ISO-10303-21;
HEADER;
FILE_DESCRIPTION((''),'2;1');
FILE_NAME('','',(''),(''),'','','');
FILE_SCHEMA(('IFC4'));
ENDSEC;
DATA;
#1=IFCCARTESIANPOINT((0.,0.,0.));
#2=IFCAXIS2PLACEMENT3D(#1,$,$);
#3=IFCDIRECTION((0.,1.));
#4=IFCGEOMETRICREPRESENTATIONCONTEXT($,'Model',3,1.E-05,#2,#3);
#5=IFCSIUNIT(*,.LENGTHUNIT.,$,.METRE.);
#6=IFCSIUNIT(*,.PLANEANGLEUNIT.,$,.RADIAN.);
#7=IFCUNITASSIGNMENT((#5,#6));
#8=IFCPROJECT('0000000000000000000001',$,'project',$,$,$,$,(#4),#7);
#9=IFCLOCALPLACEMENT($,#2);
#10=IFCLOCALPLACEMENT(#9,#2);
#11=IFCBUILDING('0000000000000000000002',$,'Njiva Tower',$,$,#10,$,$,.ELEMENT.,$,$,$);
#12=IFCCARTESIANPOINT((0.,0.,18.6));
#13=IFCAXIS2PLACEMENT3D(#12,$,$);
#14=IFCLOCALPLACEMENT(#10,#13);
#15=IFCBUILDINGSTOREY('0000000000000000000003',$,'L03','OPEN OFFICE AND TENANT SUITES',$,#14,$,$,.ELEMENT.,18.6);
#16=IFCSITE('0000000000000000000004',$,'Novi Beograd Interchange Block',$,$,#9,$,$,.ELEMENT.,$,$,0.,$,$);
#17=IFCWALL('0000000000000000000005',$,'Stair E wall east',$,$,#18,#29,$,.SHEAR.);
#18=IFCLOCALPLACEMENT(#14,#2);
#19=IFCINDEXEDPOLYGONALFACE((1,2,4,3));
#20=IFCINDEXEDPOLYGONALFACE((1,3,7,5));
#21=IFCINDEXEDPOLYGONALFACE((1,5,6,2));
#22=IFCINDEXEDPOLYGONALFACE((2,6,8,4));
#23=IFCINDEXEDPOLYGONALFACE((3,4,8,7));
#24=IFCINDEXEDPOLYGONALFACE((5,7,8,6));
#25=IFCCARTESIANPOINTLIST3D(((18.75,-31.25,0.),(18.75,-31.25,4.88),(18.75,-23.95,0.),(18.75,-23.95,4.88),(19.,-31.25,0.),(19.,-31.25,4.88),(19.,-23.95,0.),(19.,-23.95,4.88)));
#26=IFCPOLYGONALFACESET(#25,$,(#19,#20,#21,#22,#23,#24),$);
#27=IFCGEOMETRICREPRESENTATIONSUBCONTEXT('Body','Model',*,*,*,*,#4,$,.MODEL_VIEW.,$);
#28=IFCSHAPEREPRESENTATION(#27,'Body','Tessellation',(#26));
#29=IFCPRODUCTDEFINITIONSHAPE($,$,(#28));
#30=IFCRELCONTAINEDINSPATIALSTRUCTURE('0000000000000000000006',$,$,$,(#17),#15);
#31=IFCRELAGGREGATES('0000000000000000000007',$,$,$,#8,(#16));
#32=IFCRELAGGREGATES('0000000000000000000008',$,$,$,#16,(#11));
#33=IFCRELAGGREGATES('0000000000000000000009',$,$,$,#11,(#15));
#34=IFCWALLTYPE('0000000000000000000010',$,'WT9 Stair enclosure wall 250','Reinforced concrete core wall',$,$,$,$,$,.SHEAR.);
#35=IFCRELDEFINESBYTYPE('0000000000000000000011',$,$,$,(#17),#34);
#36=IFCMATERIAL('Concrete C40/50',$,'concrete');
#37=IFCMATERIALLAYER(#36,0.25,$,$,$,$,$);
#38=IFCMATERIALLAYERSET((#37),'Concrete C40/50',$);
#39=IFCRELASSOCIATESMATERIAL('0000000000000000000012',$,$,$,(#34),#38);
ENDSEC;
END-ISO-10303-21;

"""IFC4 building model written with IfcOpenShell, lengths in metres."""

from ifc_helpers import new_model, si_unit, direction, frame, frame_2d, origin, place, context, subcontext, project, spatial, rectangle, extrude, material, layer, layer_set, type_object, element, save


model = new_model("IFC4")

# Units and contexts
model_context = context("Model", 3, precision=1e-05, world=origin(), true_north=direction((0.0, 1.0)))
body_context = subcontext(model_context, "Body", "Model", "MODEL_VIEW")
ifc_project = project(units=[si_unit("LENGTHUNIT", "METRE"), si_unit("PLANEANGLEUNIT", "RADIAN")], contexts=[model_context])

# Site, building, storey
site_placement = place(None, origin())
site = spatial("IfcSite", under=ifc_project, at=site_placement, Name="Novi Beograd Interchange Block", CompositionType="ELEMENT", RefElevation=0.0)
building_placement = place(site_placement, origin())
building = spatial("IfcBuilding", under=site, at=building_placement, Name="Njiva Tower", CompositionType="ELEMENT")
storey_placement = place(building_placement, frame((0.0, 0.0, 18.6)))
storey = spatial("IfcBuildingStorey", under=building, at=storey_placement, Name="L03", Description="OPEN OFFICE AND TENANT SUITES", CompositionType="ELEMENT", Elevation=18.6)

# Wall
ifc_material_1 = material(Name="Concrete C40/50", Category="concrete")
ifc_layer_1 = layer(ifc_material_1, 0.25)
ifc_layer_set_1 = layer_set([ifc_layer_1], Name="Concrete C40/50")
wall_type_1 = type_object("IfcWallType", Name="WT9 Stair enclosure wall 250", Description="Reinforced concrete core wall", PredefinedType="SHEAR", material=ifc_layer_set_1)
wall_1_placement = place(storey_placement, frame((18.875, -31.25, 0.0), z_axis=(0.0, 0.0, 1.0), x_axis=(0.0, 1.0, 0.0)))
element("IfcWall", 1, at=wall_1_placement, inside=storey, type_object=wall_type_1, Name="Stair E wall east", PredefinedType="SHEAR", context=body_context, shape_type="SweptSolid", body=[
    extrude(rectangle(XDim=7.3, YDim=0.25, at=frame_2d((3.65, 0.0))), origin(), (0.0, 0.0, 1.0), 4.88),
])

save(model, "model.ifc")
